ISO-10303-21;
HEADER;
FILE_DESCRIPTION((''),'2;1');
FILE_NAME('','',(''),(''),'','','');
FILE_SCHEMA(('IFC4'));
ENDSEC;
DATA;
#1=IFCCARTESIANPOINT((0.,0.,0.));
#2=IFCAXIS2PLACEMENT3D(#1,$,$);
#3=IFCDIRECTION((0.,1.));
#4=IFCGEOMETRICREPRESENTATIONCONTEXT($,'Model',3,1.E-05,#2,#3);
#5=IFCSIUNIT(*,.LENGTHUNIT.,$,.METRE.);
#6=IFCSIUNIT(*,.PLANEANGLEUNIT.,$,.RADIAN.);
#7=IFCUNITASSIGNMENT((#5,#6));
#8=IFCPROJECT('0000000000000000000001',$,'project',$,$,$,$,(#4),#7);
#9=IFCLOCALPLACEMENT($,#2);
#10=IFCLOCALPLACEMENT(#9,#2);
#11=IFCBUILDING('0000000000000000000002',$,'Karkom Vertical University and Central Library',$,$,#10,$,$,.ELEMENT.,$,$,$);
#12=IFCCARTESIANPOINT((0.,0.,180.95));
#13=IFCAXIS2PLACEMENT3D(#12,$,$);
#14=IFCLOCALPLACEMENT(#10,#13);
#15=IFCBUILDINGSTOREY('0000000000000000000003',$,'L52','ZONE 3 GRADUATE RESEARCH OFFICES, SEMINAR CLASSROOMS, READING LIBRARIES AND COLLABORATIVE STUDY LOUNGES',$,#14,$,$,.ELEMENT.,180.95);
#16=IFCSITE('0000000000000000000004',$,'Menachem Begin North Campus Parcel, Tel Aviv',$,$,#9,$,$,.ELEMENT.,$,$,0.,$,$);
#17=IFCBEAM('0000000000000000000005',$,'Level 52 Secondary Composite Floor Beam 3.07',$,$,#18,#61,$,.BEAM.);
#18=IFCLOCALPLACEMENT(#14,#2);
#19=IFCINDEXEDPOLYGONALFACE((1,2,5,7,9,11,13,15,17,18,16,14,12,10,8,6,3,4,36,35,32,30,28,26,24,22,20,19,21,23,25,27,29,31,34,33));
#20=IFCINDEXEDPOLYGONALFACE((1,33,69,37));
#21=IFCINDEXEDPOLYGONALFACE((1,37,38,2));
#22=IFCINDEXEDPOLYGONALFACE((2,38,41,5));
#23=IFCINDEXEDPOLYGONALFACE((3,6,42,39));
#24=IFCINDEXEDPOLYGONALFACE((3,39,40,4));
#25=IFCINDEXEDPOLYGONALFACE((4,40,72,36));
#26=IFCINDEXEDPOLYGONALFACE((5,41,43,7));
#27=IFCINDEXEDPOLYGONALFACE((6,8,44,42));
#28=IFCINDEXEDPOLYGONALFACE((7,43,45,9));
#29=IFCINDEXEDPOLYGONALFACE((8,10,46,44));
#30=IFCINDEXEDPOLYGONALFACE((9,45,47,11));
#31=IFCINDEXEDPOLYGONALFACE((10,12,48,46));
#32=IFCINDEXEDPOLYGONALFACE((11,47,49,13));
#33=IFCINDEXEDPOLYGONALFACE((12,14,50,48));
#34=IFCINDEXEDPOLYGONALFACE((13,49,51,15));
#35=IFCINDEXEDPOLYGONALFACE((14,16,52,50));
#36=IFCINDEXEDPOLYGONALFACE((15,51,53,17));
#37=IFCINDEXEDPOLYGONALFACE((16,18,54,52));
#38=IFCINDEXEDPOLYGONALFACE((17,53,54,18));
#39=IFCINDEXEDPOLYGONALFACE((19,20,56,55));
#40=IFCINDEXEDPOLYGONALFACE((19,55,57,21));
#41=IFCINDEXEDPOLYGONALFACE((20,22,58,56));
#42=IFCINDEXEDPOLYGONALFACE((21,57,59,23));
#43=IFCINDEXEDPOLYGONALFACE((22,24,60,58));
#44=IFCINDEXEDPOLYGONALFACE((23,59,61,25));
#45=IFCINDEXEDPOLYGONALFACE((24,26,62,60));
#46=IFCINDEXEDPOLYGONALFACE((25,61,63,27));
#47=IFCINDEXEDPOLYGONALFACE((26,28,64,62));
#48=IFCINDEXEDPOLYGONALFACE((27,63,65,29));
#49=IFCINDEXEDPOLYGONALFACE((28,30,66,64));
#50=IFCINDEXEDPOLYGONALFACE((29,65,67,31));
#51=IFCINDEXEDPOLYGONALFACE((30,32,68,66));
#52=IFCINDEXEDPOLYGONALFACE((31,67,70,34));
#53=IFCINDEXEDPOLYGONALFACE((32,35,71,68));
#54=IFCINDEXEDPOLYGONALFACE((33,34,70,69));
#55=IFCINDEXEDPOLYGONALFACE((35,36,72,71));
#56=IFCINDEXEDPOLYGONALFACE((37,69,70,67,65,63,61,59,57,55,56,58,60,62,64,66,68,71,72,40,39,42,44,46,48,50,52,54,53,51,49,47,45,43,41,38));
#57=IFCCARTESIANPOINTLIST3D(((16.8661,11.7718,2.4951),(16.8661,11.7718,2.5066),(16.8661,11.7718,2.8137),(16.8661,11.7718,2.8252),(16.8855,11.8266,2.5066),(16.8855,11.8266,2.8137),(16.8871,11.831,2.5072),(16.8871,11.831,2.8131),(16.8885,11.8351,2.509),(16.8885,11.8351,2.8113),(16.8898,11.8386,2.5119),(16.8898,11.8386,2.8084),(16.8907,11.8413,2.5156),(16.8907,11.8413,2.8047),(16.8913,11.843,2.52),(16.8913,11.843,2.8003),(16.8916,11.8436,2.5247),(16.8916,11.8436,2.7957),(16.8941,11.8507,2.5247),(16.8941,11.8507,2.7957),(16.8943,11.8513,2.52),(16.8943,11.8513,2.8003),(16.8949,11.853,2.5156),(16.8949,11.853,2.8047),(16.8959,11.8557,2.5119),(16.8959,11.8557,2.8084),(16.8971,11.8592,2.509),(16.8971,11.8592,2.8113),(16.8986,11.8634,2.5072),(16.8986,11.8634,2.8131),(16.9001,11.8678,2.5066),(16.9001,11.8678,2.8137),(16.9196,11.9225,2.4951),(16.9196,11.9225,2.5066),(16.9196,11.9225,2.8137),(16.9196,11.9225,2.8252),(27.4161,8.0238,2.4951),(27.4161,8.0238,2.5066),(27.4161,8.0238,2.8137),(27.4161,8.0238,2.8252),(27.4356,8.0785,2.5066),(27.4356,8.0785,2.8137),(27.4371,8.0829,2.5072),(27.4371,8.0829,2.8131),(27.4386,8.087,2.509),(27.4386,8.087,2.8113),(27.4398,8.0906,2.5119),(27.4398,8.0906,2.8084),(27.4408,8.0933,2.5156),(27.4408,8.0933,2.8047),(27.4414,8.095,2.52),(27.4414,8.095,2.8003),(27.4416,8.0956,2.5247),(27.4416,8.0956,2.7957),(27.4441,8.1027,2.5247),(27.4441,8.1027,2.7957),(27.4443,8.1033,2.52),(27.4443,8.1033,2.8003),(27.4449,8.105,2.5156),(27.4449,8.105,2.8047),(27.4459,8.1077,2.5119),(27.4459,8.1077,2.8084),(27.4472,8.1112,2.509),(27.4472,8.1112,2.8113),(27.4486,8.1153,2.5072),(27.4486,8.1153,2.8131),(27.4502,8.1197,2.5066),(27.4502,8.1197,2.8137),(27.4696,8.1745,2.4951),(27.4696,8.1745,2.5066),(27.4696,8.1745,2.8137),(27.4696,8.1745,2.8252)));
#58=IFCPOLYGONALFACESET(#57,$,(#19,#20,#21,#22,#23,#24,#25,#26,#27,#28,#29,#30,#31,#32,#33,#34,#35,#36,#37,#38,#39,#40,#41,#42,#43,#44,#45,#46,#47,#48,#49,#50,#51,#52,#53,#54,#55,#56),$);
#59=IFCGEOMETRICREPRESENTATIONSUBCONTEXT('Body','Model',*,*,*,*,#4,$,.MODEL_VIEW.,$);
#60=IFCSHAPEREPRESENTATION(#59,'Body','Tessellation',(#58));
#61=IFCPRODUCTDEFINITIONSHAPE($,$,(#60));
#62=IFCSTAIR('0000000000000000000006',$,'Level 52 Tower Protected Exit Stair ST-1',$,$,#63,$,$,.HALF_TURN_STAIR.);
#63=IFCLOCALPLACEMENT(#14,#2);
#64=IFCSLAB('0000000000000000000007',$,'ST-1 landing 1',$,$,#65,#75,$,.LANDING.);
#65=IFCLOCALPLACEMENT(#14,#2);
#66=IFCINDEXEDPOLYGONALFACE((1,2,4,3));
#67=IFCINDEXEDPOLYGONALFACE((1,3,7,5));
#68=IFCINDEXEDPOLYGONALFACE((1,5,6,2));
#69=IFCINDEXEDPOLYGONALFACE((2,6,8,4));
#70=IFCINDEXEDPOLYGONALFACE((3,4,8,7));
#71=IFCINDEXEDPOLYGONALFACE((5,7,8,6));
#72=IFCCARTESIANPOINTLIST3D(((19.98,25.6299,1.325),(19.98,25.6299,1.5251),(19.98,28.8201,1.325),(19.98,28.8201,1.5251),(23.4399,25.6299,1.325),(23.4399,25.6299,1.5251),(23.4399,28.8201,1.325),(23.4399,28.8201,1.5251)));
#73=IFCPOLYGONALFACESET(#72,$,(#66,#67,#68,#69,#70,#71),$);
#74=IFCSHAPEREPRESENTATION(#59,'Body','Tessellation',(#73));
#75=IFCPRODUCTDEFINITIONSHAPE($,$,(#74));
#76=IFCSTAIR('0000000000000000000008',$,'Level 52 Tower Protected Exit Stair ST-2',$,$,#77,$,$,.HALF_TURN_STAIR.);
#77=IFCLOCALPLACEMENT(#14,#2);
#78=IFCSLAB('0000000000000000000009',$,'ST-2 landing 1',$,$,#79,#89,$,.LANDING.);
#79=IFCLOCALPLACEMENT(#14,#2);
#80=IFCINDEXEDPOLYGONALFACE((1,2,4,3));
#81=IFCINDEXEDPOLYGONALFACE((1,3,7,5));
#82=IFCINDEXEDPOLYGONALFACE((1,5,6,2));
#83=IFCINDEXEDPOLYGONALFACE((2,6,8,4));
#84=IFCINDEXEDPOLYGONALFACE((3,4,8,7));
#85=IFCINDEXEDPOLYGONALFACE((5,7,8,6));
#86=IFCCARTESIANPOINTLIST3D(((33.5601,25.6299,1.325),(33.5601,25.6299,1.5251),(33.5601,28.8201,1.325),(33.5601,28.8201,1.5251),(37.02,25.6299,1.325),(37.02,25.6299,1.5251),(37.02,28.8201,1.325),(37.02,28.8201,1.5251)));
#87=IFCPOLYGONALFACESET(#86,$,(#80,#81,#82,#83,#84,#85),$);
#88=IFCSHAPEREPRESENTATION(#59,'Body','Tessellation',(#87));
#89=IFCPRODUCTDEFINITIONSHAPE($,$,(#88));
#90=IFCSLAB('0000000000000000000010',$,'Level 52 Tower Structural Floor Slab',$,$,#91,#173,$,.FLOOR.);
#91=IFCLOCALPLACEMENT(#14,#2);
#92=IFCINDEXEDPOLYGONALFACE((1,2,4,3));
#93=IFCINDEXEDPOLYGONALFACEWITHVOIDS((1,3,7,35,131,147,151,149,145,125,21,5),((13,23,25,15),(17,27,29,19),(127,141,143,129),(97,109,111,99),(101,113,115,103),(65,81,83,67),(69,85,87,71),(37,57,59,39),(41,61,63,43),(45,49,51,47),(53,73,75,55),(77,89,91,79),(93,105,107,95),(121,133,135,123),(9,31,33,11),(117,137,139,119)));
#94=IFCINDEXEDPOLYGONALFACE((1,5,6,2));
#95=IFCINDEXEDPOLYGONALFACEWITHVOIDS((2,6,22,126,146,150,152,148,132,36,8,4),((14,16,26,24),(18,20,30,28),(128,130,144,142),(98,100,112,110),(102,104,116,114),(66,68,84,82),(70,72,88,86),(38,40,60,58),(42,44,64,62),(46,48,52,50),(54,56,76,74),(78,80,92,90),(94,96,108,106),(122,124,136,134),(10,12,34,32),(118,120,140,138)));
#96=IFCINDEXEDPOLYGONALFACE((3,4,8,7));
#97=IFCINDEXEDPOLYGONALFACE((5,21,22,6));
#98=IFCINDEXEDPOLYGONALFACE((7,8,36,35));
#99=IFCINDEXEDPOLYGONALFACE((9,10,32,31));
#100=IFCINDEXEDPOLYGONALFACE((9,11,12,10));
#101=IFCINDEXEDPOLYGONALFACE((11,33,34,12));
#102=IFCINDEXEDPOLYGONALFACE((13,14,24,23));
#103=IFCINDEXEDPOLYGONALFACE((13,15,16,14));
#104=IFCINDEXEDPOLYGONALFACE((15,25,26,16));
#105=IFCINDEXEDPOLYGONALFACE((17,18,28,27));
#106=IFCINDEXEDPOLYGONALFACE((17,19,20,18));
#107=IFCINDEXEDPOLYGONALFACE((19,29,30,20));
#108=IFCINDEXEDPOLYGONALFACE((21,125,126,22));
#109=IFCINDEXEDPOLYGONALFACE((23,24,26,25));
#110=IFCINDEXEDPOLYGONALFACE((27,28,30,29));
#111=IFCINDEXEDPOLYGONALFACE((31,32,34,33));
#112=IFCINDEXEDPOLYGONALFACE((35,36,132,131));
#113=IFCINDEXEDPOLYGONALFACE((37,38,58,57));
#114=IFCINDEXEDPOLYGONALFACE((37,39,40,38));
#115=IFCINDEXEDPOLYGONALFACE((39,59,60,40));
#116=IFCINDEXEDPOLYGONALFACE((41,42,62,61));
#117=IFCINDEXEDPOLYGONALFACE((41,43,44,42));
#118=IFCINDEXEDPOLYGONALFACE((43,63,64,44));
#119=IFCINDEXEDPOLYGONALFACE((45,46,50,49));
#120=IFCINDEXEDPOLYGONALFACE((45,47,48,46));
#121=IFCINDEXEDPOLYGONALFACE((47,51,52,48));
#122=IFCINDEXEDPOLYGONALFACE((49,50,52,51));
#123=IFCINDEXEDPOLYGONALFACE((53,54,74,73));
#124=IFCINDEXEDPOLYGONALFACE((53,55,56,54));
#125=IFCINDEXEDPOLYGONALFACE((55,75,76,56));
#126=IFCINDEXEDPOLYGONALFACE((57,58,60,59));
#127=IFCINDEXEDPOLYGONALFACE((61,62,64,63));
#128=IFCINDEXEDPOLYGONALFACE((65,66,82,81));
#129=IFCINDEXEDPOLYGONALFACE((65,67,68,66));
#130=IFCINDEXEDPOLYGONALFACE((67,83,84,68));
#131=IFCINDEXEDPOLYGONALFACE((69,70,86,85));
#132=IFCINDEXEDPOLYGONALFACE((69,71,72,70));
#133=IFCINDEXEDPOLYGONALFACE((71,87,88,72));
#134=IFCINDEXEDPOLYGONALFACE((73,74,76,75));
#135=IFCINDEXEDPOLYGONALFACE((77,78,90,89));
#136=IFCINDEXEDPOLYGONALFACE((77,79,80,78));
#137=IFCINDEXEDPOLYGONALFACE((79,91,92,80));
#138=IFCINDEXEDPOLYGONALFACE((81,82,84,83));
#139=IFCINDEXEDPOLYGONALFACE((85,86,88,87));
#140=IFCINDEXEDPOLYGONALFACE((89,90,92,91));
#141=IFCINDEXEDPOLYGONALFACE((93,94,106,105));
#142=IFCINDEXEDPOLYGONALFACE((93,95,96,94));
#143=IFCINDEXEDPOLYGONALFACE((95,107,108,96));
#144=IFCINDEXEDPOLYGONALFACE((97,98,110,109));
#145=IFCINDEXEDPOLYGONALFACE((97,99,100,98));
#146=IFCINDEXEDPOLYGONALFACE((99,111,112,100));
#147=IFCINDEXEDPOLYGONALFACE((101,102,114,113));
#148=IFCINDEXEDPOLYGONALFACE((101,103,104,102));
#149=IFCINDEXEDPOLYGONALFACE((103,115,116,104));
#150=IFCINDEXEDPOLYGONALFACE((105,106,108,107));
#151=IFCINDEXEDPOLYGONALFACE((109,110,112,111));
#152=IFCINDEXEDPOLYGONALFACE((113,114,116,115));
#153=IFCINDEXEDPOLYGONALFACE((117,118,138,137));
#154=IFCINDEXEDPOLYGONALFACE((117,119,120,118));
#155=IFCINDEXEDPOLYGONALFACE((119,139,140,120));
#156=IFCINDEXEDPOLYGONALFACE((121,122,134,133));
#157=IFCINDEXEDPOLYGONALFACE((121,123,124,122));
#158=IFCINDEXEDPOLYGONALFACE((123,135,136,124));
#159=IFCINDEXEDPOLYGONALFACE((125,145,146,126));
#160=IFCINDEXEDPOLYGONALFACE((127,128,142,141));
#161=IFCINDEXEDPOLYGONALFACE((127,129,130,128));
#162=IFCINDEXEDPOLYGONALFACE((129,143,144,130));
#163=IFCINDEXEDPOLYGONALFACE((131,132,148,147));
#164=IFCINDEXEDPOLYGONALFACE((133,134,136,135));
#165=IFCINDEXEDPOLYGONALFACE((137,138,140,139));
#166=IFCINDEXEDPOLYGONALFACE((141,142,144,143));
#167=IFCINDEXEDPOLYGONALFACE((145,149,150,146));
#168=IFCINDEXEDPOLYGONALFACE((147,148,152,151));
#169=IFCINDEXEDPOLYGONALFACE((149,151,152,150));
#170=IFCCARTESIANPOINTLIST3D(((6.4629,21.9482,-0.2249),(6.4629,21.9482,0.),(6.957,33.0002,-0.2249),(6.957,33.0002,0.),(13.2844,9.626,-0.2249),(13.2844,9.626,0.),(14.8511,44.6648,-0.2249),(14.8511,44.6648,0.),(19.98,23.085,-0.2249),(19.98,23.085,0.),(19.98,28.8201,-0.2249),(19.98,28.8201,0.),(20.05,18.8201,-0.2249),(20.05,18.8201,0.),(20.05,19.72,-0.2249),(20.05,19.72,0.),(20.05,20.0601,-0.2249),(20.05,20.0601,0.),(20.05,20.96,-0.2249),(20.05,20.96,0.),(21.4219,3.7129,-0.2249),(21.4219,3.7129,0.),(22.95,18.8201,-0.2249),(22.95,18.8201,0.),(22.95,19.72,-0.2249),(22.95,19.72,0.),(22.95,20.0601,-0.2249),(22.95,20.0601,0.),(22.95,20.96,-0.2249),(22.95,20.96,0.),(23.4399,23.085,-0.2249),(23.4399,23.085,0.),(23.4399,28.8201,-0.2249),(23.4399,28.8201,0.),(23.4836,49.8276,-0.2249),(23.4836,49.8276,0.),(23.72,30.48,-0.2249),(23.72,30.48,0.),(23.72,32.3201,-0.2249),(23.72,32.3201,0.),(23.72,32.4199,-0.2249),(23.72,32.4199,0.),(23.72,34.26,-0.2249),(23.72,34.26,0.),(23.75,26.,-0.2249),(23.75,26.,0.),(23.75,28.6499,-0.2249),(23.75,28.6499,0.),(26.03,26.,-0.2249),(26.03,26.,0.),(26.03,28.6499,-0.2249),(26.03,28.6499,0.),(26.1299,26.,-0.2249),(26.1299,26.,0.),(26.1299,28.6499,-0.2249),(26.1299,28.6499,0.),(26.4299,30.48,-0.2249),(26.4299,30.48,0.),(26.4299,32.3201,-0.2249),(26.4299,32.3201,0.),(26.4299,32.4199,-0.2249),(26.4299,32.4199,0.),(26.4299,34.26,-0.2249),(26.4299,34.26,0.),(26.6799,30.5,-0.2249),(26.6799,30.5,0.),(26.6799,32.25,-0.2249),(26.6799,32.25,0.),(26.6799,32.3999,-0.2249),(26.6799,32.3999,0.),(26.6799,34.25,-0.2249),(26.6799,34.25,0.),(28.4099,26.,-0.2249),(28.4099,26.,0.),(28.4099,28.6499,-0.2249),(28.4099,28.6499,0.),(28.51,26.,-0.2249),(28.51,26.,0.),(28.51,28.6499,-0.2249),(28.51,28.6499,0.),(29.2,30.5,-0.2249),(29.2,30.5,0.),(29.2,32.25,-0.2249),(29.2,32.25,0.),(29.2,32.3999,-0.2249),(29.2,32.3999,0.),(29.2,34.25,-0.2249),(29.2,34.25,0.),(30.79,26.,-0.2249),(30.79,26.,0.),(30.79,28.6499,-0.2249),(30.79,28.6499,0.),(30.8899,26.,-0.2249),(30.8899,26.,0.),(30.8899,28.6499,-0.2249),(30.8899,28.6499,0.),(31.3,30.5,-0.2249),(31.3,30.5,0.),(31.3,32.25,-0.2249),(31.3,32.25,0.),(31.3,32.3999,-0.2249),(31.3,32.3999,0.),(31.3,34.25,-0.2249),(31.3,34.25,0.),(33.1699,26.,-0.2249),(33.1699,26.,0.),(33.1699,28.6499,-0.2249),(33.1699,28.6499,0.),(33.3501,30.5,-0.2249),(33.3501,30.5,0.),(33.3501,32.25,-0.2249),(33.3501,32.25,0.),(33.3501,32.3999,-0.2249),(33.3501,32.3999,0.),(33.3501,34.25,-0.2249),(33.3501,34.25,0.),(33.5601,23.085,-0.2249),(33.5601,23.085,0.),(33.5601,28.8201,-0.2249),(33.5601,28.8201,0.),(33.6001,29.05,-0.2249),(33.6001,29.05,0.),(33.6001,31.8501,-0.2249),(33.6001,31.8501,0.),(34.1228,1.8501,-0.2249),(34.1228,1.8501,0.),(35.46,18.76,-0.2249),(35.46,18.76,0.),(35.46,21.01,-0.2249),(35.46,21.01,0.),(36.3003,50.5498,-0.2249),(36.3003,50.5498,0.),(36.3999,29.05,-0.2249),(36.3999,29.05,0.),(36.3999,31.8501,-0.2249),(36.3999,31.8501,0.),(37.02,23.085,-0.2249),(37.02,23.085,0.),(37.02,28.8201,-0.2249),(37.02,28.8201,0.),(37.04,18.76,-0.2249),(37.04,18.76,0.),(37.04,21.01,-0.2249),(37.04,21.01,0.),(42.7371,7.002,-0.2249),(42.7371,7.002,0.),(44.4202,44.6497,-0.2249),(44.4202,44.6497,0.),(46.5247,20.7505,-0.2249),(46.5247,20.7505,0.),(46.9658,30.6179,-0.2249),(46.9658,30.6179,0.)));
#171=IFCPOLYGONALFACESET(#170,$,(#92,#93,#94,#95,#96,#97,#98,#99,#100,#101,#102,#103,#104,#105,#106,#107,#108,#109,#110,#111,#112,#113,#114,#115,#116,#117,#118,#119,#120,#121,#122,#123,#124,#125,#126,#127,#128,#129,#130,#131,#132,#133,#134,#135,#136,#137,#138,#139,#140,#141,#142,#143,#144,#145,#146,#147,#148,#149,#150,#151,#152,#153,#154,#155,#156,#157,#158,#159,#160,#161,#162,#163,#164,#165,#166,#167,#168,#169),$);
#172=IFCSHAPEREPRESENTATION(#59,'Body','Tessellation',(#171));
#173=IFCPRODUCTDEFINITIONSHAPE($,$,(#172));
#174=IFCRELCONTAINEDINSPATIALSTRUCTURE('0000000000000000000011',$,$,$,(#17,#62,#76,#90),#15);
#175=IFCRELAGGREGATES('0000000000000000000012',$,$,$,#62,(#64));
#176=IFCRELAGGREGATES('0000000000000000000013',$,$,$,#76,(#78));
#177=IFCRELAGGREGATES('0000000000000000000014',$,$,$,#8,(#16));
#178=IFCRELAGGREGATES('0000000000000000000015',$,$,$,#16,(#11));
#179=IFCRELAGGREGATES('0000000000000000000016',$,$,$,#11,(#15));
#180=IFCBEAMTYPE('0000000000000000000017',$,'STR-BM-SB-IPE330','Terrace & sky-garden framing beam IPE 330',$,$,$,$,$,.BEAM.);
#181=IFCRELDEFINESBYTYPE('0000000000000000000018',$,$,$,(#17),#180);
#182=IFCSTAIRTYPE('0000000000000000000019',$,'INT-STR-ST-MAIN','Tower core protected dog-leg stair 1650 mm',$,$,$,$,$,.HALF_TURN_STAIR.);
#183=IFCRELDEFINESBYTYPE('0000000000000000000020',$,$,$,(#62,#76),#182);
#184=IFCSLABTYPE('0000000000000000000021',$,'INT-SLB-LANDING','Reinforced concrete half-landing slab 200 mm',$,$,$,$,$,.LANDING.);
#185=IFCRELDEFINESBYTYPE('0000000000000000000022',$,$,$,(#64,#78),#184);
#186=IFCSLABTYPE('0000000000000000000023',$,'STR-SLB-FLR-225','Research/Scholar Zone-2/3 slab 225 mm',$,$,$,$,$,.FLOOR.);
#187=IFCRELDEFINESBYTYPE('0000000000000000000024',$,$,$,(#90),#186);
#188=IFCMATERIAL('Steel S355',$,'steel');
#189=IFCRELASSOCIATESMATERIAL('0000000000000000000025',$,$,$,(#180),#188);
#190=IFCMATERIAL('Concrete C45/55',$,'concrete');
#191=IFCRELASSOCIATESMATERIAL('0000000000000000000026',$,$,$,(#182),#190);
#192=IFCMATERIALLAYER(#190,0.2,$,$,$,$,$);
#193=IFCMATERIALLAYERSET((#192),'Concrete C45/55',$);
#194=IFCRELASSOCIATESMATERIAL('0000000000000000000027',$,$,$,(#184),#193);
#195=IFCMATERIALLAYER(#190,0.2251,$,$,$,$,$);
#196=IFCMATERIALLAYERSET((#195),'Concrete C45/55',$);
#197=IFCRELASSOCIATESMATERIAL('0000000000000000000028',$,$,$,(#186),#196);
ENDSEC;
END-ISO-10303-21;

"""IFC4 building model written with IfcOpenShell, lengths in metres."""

from ifc_helpers import new_model, si_unit, direction, frame, origin, origin_with_axes, origin_2d, place, context, subcontext, project, spatial, polyline, i_section, outline, extrude, source, transform, mapped, material, layer, layer_set, material_profile, profile_set, type_object, element, aggregate, save


model = new_model("IFC4")

# Units and contexts
model_context = context("Model", 3, precision=1e-05, world=origin(), true_north=direction((0.0, 1.0)))
body_context = subcontext(model_context, "Body", "Model", "MODEL_VIEW")
ifc_project = project(units=[si_unit("LENGTHUNIT", "METRE"), si_unit("PLANEANGLEUNIT", "RADIAN")], contexts=[model_context])

# Site, building, storey
site_placement = place(None, origin())
site = spatial("IfcSite", under=ifc_project, at=site_placement, Name="Menachem Begin North Campus Parcel, Tel Aviv", CompositionType="ELEMENT", RefElevation=0.0)
building_placement = place(site_placement, origin())
building = spatial("IfcBuilding", under=site, at=building_placement, Name="Karkom Vertical University and Central Library", CompositionType="ELEMENT")
storey_placement = place(building_placement, frame((0.0, 0.0, 180.95)))
storey = spatial("IfcBuildingStorey", under=building, at=storey_placement, Name="L52", Description="ZONE 3 GRADUATE RESEARCH OFFICES, SEMINAR CLASSROOMS, READING LIBRARIES AND COLLABORATIVE STUDY LOUNGES", CompositionType="ELEMENT", Elevation=180.95)

# Beam
ifc_material_1 = material(Name="Steel S355", Category="steel")
ifc_material_profile_1 = material_profile(ifc_material_1, i_section(OverallWidth=0.1599, OverallDepth=0.3301, WebThickness=0.0076, FlangeThickness=0.0115, FilletRadius=0.0181, at=origin_2d()), Name="IPE 330")
ifc_profile_set_1 = profile_set([ifc_material_profile_1], Name="Steel S355")
beam_type_1 = type_object("IfcBeamType", Name="STR-BM-SB-IPE330", Description="Terrace & sky-garden framing beam IPE 330", PredefinedType="BEAM", material=ifc_profile_set_1)
shared_shape_1 = source(origin_with_axes(), body_context, "Body", "SweptSolid", [
    extrude(i_section(OverallWidth=0.1599, OverallDepth=0.3301, WebThickness=0.0076, FlangeThickness=0.0115, FilletRadius=0.0181, at=origin_2d()), origin(), (0.0, 0.0, 1.0), 11.196),
])
beam_1_placement = place(storey_placement, frame((16.8928, 11.8472, 2.6602), z_axis=(0.942302, -0.334765, 0.0), x_axis=(0.334765, 0.942302, 0.0)))
element("IfcBeam", 1, at=beam_1_placement, inside=storey, type_object=beam_type_1, Name="Level 52 Secondary Composite Floor Beam 3.07", PredefinedType="BEAM", context=body_context, shape_type="MappedRepresentation", body=[
    mapped(shared_shape_1, transform((0.0, 0.0, 0.0), scale=1.0)),
])

# Stairs, slabs
ifc_material_2 = material(Name="Concrete C45/55", Category="concrete")
stair_type = type_object("IfcStairType", Name="INT-STR-ST-MAIN", Description="Tower core protected dog-leg stair 1650 mm", PredefinedType="HALF_TURN_STAIR", material=ifc_material_2)
stair_1_placement = place(storey_placement, origin())
stair_1 = element("IfcStair", 2, at=stair_1_placement, inside=storey, type_object=stair_type, Name="Level 52 Tower Protected Exit Stair ST-1", PredefinedType="HALF_TURN_STAIR")
ifc_layer_1 = layer(ifc_material_2, 0.2)
ifc_layer_set_1 = layer_set([ifc_layer_1], Name="Concrete C45/55")
slab_type_1 = type_object("IfcSlabType", Name="INT-SLB-LANDING", Description="Reinforced concrete half-landing slab 200 mm", PredefinedType="LANDING", material=ifc_layer_set_1)
slab_1_placement = place(storey_placement, frame((0.0, 0.0, 1.325)))
slab_1 = element("IfcSlab", 3, at=slab_1_placement, type_object=slab_type_1, Name="ST-1 landing 1", PredefinedType="LANDING", context=body_context, shape_type="SweptSolid", body=[
    extrude(outline(polyline([(23.4399, 25.6299), (23.4399, 28.8201), (19.98, 28.8201), (19.98, 25.6299), (23.4399, 25.6299)])), origin(), (0.0, 0.0, 1.0), 0.2002),
])
aggregate(stair_1, [slab_1])
stair_2_placement = place(storey_placement, origin())
stair_2 = element("IfcStair", 4, at=stair_2_placement, inside=storey, type_object=stair_type, Name="Level 52 Tower Protected Exit Stair ST-2", PredefinedType="HALF_TURN_STAIR")
slab_2_placement = place(storey_placement, frame((0.0, 0.0, 1.325)))
slab_2 = element("IfcSlab", 5, at=slab_2_placement, type_object=slab_type_1, Name="ST-2 landing 1", PredefinedType="LANDING", context=body_context, shape_type="SweptSolid", body=[
    extrude(outline(polyline([(37.02, 25.6299), (37.02, 28.8201), (33.5601, 28.8201), (33.5601, 25.6299), (37.02, 25.6299)])), origin(), (0.0, 0.0, 1.0), 0.2002),
])
aggregate(stair_2, [slab_2])

# Slab
ifc_layer_2 = layer(ifc_material_2, 0.2251)
ifc_layer_set_2 = layer_set([ifc_layer_2], Name="Concrete C45/55")
slab_type_2 = type_object("IfcSlabType", Name="STR-SLB-FLR-225", Description="Research/Scholar Zone-2/3 slab 225 mm", PredefinedType="FLOOR", material=ifc_layer_set_2)
slab_3_placement = place(storey_placement, frame((0.0, 0.0, -0.2249)))
element("IfcSlab", 6, at=slab_3_placement, inside=storey, type_object=slab_type_2, Name="Level 52 Tower Structural Floor Slab", PredefinedType="FLOOR", context=body_context, shape_type="SweptSolid", body=[
    extrude(outline(polyline([(6.957, 33.0002), (6.4629, 21.9482), (13.2844, 9.626), (21.4219, 3.7129), (34.1228, 1.8501), (42.7371, 7.002), (46.5247, 20.7505), (46.9658, 30.6179), (44.4202, 44.6497), (36.3003, 50.5498), (23.4836, 49.8276), (14.8511, 44.6648), (6.957, 33.0002)]), holes=[polyline([(19.98, 23.085), (23.4399, 23.085), (23.4399, 28.8201), (19.98, 28.8201), (19.98, 23.085)]), polyline([(33.5601, 23.085), (37.02, 23.085), (37.02, 28.8201), (33.5601, 28.8201), (33.5601, 23.085)]), polyline([(23.75, 26.0), (26.03, 26.0), (26.03, 28.6499), (23.75, 28.6499), (23.75, 26.0)]), polyline([(26.1299, 26.0), (28.4099, 26.0), (28.4099, 28.6499), (26.1299, 28.6499), (26.1299, 26.0)]), polyline([(28.51, 26.0), (30.79, 26.0), (30.79, 28.6499), (28.51, 28.6499), (28.51, 26.0)]), polyline([(30.8899, 26.0), (33.1699, 26.0), (33.1699, 28.6499), (30.8899, 28.6499), (30.8899, 26.0)]), polyline([(26.6799, 30.5), (29.2, 30.5), (29.2, 32.25), (26.6799, 32.25), (26.6799, 30.5)]), polyline([(26.6799, 32.3999), (29.2, 32.3999), (29.2, 34.25), (26.6799, 34.25), (26.6799, 32.3999)]), polyline([(31.3, 30.5), (33.3501, 30.5), (33.3501, 32.25), (31.3, 32.25), (31.3, 30.5)]), polyline([(31.3, 32.3999), (33.3501, 32.3999), (33.3501, 34.25), (31.3, 34.25), (31.3, 32.3999)]), polyline([(23.72, 30.48), (26.4299, 30.48), (26.4299, 32.3201), (23.72, 32.3201), (23.72, 30.48)]), polyline([(23.72, 32.4199), (26.4299, 32.4199), (26.4299, 34.26), (23.72, 34.26), (23.72, 32.4199)]), polyline([(33.6001, 29.05), (36.3999, 29.05), (36.3999, 31.8501), (33.6001, 31.8501), (33.6001, 29.05)]), polyline([(20.05, 18.8201), (22.95, 18.8201), (22.95, 19.72), (20.05, 19.72), (20.05, 18.8201)]), polyline([(20.05, 20.0601), (22.95, 20.0601), (22.95, 20.96), (20.05, 20.96), (20.05, 20.0601)]), polyline([(35.46, 18.76), (37.04, 18.76), (37.04, 21.01), (35.46, 21.01), (35.46, 18.76)])]), origin(), (0.0, 0.0, 1.0), 0.2249),
])

save(model, "model.ifc")
